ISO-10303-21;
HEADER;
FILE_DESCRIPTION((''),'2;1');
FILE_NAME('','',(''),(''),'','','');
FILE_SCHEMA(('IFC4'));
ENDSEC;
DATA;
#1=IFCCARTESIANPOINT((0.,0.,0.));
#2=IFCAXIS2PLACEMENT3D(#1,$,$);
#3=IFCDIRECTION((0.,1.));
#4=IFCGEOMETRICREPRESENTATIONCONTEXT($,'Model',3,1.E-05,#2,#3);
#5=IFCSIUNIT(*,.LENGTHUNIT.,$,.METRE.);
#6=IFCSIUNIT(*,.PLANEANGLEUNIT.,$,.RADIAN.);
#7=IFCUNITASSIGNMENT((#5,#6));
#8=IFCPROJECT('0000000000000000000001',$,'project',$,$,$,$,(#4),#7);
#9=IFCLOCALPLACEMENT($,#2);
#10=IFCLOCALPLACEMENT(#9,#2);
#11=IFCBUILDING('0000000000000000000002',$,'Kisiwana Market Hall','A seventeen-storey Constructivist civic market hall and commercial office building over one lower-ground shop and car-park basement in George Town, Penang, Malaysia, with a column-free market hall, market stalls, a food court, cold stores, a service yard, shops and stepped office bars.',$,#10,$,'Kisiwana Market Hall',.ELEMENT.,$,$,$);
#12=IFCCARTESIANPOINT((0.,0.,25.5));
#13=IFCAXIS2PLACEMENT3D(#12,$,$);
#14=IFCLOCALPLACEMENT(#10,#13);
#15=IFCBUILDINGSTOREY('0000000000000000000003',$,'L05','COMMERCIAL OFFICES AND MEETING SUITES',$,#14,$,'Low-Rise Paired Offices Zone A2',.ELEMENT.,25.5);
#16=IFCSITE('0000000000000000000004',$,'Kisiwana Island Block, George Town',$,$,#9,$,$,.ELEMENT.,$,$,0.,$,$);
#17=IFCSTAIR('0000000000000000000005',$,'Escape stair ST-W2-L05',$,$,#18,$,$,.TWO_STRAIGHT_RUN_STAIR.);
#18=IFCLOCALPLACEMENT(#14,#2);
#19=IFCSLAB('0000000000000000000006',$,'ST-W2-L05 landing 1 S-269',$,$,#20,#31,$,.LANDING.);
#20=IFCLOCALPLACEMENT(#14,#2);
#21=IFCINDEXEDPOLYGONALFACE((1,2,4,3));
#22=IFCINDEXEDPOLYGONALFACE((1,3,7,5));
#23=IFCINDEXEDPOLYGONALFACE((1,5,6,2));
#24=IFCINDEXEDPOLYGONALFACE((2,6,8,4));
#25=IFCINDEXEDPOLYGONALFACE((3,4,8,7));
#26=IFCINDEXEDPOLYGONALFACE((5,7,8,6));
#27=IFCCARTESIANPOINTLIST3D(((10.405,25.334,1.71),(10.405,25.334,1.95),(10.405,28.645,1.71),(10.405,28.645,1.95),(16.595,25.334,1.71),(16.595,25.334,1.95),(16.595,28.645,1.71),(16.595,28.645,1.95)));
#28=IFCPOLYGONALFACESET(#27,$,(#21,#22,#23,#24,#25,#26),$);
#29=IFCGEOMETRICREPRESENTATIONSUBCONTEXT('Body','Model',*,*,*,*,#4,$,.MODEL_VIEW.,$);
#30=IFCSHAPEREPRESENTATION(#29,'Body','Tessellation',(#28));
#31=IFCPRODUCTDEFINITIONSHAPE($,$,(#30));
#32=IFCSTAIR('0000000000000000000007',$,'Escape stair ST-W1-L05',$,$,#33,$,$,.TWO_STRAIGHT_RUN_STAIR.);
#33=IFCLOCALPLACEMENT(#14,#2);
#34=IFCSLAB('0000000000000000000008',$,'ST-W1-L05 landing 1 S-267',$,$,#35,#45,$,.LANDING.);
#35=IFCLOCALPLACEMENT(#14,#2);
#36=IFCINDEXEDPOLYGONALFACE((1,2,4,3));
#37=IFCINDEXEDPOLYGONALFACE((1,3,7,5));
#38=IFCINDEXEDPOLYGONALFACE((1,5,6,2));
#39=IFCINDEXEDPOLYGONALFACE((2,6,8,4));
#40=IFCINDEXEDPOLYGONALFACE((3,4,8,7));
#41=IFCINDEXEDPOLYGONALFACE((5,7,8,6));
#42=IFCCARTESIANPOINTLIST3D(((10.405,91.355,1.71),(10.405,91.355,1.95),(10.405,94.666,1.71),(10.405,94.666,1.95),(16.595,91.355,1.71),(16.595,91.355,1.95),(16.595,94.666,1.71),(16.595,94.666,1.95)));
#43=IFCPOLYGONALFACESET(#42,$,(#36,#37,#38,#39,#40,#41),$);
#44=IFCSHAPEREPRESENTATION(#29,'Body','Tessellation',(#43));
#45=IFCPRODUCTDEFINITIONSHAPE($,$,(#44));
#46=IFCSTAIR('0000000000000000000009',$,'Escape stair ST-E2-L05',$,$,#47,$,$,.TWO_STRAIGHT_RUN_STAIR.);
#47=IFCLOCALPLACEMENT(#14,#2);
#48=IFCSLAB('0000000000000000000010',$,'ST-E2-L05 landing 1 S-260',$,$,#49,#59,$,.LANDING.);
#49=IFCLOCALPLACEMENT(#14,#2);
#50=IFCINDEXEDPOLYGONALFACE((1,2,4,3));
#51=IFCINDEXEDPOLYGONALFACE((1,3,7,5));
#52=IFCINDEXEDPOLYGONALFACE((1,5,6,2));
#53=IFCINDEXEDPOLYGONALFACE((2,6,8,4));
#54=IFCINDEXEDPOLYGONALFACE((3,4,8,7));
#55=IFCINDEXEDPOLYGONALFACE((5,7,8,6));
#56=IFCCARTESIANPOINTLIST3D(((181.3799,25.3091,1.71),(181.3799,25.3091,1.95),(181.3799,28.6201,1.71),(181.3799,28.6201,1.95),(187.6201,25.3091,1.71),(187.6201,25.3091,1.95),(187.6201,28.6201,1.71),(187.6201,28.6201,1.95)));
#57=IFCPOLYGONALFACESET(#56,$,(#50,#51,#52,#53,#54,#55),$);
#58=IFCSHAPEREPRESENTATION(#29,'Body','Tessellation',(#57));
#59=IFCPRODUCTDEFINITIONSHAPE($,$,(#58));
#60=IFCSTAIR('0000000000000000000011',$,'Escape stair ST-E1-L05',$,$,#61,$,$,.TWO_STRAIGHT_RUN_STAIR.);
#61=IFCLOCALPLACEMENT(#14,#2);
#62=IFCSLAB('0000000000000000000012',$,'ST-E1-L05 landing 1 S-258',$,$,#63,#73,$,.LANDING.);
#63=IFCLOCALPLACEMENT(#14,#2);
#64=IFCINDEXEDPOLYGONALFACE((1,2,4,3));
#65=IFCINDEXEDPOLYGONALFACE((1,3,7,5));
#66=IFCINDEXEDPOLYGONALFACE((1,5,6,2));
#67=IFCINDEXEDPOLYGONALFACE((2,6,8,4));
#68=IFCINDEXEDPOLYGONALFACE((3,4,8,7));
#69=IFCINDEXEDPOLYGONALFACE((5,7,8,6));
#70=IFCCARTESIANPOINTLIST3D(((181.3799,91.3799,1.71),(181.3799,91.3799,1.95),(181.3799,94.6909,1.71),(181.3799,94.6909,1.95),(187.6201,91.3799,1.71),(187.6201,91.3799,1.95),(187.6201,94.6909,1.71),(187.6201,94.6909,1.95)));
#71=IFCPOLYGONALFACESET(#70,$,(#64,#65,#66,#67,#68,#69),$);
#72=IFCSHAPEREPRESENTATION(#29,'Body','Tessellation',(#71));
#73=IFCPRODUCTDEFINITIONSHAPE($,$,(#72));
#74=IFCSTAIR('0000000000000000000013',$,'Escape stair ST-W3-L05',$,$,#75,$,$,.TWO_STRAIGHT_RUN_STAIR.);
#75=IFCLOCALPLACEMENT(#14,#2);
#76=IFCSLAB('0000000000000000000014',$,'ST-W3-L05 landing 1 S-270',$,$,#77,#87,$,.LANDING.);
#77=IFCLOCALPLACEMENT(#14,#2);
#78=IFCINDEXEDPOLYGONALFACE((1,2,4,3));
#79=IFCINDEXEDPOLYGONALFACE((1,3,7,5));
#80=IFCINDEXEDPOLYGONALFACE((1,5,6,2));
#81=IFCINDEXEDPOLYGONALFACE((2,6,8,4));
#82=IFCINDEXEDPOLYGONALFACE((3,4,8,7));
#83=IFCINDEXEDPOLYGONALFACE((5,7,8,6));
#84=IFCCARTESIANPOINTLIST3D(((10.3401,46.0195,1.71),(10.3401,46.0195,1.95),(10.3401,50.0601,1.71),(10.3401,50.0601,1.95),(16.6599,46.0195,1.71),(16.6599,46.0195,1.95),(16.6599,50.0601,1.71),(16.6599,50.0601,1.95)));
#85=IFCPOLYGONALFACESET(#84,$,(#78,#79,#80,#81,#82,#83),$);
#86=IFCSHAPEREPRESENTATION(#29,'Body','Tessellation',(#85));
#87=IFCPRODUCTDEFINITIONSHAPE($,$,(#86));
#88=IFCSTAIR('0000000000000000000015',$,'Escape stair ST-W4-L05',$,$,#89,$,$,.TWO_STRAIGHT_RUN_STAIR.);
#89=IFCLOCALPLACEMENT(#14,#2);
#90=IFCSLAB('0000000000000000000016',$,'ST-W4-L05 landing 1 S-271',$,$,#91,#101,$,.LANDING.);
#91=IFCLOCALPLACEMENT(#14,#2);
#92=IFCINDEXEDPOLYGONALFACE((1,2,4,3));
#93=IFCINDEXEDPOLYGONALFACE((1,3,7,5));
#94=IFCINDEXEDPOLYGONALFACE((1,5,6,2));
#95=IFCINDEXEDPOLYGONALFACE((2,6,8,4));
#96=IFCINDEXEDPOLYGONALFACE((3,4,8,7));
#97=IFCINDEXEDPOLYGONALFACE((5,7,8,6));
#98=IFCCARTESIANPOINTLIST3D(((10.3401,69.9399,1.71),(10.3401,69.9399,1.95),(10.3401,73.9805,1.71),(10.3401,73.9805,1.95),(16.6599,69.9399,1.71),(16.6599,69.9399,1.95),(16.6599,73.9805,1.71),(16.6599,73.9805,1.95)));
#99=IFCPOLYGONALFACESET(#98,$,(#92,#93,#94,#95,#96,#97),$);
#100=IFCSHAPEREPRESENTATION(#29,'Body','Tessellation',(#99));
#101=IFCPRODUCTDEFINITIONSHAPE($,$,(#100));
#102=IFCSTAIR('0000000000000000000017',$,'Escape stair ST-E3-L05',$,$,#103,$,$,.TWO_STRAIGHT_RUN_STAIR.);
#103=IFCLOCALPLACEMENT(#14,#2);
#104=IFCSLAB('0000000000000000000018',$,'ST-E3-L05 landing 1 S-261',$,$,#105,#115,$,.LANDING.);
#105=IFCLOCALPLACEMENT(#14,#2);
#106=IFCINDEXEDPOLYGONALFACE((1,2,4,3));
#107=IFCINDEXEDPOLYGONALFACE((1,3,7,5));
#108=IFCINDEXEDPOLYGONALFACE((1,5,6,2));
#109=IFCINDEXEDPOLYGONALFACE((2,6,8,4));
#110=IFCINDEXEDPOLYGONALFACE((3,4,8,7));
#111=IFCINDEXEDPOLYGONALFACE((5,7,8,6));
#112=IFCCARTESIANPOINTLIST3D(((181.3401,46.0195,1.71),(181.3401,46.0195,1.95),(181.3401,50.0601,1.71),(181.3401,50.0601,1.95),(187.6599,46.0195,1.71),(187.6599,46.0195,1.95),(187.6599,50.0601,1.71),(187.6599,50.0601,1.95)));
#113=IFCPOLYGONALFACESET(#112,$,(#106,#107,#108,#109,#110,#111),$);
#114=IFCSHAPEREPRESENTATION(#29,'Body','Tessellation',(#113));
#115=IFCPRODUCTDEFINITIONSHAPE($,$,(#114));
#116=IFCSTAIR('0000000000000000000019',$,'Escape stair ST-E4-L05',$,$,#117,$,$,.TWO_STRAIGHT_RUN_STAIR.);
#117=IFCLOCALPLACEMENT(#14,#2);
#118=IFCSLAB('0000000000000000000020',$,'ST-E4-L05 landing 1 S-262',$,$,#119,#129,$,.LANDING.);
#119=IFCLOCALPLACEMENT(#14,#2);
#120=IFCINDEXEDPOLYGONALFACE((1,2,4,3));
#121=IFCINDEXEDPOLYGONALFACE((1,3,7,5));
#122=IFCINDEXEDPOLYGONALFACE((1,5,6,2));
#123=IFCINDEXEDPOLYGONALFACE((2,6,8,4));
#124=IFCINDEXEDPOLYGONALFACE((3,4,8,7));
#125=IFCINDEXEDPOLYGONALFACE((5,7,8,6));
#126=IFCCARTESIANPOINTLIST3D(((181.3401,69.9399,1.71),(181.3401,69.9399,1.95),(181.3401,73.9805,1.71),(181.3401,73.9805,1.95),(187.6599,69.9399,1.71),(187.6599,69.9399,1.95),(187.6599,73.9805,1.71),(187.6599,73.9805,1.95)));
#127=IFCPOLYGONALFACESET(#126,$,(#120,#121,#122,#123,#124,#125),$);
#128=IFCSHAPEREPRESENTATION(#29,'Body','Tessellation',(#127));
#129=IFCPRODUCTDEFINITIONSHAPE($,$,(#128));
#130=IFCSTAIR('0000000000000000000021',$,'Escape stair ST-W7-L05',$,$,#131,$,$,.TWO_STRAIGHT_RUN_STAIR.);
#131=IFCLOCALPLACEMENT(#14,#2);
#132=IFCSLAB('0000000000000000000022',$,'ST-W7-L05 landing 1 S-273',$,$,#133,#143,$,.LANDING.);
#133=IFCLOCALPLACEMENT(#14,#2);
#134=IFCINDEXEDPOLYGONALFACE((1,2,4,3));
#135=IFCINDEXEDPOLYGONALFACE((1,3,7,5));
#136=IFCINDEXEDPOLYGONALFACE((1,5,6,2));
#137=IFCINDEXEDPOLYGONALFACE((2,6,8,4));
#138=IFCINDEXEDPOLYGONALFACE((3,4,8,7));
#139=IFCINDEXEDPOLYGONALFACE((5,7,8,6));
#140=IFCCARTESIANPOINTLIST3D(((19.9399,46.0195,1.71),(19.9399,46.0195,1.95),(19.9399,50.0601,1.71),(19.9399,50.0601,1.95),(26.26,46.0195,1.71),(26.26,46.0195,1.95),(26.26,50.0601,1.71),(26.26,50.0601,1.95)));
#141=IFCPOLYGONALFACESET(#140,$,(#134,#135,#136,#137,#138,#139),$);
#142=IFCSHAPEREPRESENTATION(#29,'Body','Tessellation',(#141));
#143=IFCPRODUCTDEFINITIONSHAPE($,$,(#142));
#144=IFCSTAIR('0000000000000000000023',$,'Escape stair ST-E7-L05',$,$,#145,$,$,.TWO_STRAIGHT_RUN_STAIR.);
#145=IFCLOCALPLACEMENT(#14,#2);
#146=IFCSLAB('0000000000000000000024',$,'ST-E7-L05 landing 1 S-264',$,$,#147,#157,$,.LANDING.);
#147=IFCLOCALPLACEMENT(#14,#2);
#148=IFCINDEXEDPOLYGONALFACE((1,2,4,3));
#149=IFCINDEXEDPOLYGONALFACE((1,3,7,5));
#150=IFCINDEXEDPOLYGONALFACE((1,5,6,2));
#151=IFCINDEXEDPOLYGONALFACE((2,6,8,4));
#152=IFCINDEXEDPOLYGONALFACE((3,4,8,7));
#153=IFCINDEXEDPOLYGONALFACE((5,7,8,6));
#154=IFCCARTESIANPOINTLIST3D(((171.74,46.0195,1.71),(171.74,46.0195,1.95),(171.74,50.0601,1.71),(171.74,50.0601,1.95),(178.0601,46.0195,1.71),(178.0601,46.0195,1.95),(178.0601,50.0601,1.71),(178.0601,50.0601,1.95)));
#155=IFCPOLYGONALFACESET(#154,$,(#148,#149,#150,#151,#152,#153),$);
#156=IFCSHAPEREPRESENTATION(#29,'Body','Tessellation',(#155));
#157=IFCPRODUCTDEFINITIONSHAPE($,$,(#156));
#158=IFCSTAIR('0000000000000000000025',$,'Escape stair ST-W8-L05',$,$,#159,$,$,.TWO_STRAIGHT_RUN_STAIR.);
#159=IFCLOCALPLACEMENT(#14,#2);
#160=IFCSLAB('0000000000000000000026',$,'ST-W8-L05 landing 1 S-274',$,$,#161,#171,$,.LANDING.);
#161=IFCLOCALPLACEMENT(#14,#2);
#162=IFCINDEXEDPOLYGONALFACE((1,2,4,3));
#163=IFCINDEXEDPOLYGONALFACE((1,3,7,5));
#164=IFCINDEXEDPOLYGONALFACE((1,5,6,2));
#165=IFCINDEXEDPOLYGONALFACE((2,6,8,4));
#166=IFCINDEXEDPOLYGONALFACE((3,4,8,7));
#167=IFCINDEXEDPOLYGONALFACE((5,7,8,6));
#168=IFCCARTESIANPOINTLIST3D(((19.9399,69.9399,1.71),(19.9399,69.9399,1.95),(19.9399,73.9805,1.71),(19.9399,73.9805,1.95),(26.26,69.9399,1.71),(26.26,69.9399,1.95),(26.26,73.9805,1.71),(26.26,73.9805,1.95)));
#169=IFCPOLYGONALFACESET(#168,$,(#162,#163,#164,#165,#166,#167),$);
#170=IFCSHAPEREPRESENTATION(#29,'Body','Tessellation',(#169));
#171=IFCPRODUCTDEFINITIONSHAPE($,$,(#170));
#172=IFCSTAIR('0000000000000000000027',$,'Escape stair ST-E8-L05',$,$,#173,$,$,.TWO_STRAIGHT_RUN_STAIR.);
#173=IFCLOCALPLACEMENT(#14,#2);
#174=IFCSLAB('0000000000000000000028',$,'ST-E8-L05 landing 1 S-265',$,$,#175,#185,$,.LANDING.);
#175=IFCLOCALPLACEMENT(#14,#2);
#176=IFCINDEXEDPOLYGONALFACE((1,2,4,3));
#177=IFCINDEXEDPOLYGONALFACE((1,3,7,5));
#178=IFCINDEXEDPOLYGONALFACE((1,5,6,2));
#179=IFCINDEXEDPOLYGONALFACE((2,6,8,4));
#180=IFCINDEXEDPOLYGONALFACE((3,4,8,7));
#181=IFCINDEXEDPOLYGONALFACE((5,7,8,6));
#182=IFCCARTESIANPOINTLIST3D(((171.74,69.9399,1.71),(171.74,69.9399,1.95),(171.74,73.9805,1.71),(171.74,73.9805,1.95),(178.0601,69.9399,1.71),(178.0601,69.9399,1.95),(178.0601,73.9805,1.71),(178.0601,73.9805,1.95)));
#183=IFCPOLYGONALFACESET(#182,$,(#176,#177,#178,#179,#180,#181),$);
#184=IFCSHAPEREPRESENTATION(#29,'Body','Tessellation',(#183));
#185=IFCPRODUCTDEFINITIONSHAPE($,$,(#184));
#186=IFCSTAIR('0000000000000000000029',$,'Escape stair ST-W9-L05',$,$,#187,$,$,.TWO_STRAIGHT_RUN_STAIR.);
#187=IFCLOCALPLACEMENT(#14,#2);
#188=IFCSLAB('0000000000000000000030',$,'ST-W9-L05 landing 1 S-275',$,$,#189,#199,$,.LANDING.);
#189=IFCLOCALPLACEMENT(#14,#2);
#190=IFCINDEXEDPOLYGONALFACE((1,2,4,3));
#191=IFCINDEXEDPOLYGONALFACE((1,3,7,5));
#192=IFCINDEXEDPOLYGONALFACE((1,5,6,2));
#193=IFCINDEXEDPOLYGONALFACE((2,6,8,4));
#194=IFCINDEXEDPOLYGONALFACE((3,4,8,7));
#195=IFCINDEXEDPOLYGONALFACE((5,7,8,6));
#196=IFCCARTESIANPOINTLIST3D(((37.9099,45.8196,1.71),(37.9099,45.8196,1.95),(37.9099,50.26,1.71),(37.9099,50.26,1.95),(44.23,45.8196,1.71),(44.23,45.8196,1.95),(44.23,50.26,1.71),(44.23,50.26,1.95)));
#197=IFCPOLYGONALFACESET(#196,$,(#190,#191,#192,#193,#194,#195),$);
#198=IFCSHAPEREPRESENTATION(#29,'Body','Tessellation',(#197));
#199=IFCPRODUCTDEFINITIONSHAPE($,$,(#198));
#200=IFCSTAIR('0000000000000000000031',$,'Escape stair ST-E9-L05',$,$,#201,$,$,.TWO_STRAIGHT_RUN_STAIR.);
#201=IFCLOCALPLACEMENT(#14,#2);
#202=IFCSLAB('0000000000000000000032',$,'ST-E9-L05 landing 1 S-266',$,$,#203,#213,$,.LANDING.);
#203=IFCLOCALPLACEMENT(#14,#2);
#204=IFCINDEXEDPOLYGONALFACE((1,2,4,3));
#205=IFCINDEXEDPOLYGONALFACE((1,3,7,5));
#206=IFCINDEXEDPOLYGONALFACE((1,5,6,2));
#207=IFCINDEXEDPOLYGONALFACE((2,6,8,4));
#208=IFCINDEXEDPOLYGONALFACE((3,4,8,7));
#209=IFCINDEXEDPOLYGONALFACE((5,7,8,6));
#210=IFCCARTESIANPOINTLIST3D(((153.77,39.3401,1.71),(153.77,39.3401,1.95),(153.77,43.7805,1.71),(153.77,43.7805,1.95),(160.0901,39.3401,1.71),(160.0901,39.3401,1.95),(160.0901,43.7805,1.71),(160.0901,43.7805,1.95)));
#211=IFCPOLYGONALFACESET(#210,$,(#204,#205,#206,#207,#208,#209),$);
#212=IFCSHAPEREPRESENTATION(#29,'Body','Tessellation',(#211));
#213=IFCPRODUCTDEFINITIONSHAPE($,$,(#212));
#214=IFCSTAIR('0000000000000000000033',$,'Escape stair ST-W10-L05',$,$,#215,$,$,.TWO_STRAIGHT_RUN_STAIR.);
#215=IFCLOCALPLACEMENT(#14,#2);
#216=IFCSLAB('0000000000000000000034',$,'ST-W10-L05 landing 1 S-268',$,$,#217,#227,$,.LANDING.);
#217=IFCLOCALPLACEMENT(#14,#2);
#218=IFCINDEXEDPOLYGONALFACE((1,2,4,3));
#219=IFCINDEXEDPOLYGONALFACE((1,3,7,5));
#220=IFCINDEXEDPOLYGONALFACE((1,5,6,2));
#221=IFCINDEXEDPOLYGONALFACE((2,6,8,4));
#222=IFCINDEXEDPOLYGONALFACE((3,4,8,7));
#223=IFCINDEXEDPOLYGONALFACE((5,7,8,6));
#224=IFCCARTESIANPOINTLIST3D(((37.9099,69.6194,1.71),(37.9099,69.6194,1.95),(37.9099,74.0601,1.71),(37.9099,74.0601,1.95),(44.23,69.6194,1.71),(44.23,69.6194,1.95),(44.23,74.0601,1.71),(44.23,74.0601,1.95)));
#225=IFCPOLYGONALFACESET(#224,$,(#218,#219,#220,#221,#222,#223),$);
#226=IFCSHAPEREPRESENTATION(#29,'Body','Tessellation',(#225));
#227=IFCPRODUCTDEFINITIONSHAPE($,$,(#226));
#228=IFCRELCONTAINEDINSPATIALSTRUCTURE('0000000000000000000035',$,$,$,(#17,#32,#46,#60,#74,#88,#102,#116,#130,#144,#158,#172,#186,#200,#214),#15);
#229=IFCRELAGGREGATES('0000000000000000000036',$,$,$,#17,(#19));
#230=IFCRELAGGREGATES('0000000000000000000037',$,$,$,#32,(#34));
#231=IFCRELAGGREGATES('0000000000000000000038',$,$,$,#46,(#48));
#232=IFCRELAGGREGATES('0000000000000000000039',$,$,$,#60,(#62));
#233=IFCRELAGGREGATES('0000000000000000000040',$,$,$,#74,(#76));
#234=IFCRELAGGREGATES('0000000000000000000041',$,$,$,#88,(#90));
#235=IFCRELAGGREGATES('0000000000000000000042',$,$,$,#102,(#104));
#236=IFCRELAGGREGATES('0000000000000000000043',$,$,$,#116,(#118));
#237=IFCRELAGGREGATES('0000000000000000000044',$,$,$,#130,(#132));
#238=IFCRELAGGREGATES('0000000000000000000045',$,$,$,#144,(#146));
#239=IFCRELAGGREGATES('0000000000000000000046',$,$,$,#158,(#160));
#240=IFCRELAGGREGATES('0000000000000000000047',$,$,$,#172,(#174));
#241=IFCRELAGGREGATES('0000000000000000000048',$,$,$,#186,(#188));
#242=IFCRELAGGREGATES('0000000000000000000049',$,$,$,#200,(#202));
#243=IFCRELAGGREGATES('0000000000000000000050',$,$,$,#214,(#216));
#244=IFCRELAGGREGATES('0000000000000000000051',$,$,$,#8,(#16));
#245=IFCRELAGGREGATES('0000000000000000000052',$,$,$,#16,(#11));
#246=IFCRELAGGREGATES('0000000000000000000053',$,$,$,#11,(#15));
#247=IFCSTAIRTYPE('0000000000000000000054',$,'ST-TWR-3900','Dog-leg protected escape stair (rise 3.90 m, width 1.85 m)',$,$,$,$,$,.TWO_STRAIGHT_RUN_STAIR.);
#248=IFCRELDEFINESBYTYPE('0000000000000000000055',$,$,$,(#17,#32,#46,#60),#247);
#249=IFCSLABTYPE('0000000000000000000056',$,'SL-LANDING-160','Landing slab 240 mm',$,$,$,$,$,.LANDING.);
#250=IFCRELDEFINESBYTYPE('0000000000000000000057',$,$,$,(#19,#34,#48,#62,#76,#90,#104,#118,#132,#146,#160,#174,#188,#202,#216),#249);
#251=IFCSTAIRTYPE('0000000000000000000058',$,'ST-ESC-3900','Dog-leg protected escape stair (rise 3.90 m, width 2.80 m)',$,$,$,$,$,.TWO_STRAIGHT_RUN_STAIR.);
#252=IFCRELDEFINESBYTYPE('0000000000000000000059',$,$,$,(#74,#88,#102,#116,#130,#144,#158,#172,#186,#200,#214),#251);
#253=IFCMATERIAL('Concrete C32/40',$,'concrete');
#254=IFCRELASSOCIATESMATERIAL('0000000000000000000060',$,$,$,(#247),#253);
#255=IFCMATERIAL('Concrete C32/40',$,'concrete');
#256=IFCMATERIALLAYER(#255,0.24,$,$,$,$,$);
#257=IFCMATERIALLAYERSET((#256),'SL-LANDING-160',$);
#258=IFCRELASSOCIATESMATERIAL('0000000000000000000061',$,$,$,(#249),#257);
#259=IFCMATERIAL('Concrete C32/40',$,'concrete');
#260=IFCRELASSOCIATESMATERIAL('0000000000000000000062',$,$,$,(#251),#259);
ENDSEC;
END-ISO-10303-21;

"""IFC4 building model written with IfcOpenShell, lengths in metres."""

from ifc_helpers import new_model, si_unit, direction, frame, origin, place, context, subcontext, project, spatial, polyline, outline, extrude, material, layer, layer_set, type_object, element, aggregate, save


model = new_model("IFC4")

# Units and contexts
model_context = context("Model", 3, precision=1e-05, world=origin(), true_north=direction((0.0, 1.0)))
body_context = subcontext(model_context, "Body", "Model", "MODEL_VIEW")
ifc_project = project(units=[si_unit("LENGTHUNIT", "METRE"), si_unit("PLANEANGLEUNIT", "RADIAN")], contexts=[model_context])

# Site, building, storey
site_placement = place(None, origin())
site = spatial("IfcSite", under=ifc_project, at=site_placement, Name="Kisiwana Island Block, George Town", CompositionType="ELEMENT", RefElevation=0.0)
building_placement = place(site_placement, origin())
building = spatial("IfcBuilding", under=site, at=building_placement, Name="Kisiwana Market Hall", Description="A seventeen-storey Constructivist civic market hall and commercial office building over one lower-ground shop and car-park basement in George Town, Penang, Malaysia, with a column-free market hall, market stalls, a food court, cold stores, a service yard, shops and stepped office bars.", LongName="Kisiwana Market Hall", CompositionType="ELEMENT")
storey_placement = place(building_placement, frame((0.0, 0.0, 25.5)))
storey = spatial("IfcBuildingStorey", under=building, at=storey_placement, Name="L05", Description="COMMERCIAL OFFICES AND MEETING SUITES", LongName="Low-Rise Paired Offices Zone A2", CompositionType="ELEMENT", Elevation=25.5)

# Stairs, slabs
ifc_material_1 = material(Name="Concrete C32/40", Category="concrete")
stair_type_1 = type_object("IfcStairType", Name="ST-TWR-3900", Description="Dog-leg protected escape stair (rise 3.90 m, width 1.85 m)", PredefinedType="TWO_STRAIGHT_RUN_STAIR", material=ifc_material_1)
stair_1_placement = place(storey_placement, origin())
stair_1 = element("IfcStair", 1, at=stair_1_placement, inside=storey, type_object=stair_type_1, Name="Escape stair ST-W2-L05", PredefinedType="TWO_STRAIGHT_RUN_STAIR")
ifc_material_2 = material(Name="Concrete C32/40", Category="concrete")
ifc_layer_1 = layer(ifc_material_2, 0.24)
ifc_layer_set_1 = layer_set([ifc_layer_1], Name="SL-LANDING-160")
slab_type_1 = type_object("IfcSlabType", Name="SL-LANDING-160", Description="Landing slab 240 mm", PredefinedType="LANDING", material=ifc_layer_set_1)
slab_1_placement = place(storey_placement, frame((0.0, 0.0, 1.71)))
slab_1 = element("IfcSlab", 2, at=slab_1_placement, type_object=slab_type_1, Name="ST-W2-L05 landing 1 S-269", PredefinedType="LANDING", context=body_context, shape_type="SweptSolid", body=[
    extrude(outline(polyline([(10.405, 25.334), (16.595, 25.334), (16.595, 28.645), (10.405, 28.645), (10.405, 25.334)])), origin(), (0.0, 0.0, 1.0), 0.24),
])
aggregate(stair_1, [slab_1])
stair_2_placement = place(storey_placement, origin())
stair_2 = element("IfcStair", 3, at=stair_2_placement, inside=storey, type_object=stair_type_1, Name="Escape stair ST-W1-L05", PredefinedType="TWO_STRAIGHT_RUN_STAIR")
slab_2_placement = place(storey_placement, frame((0.0, 0.0, 1.71)))
slab_2 = element("IfcSlab", 4, at=slab_2_placement, type_object=slab_type_1, Name="ST-W1-L05 landing 1 S-267", PredefinedType="LANDING", context=body_context, shape_type="SweptSolid", body=[
    extrude(outline(polyline([(10.405, 91.355), (16.595, 91.355), (16.595, 94.666), (10.405, 94.666), (10.405, 91.355)])), origin(), (0.0, 0.0, 1.0), 0.24),
])
aggregate(stair_2, [slab_2])
stair_3_placement = place(storey_placement, origin())
stair_3 = element("IfcStair", 5, at=stair_3_placement, inside=storey, type_object=stair_type_1, Name="Escape stair ST-E2-L05", PredefinedType="TWO_STRAIGHT_RUN_STAIR")
slab_3_placement = place(storey_placement, frame((0.0, 0.0, 1.71)))
slab_3 = element("IfcSlab", 6, at=slab_3_placement, type_object=slab_type_1, Name="ST-E2-L05 landing 1 S-260", PredefinedType="LANDING", context=body_context, shape_type="SweptSolid", body=[
    extrude(outline(polyline([(181.3799, 25.3091), (187.6201, 25.3091), (187.6201, 28.6201), (181.3799, 28.6201), (181.3799, 25.3091)])), origin(), (0.0, 0.0, 1.0), 0.24),
])
aggregate(stair_3, [slab_3])
stair_4_placement = place(storey_placement, origin())
stair_4 = element("IfcStair", 7, at=stair_4_placement, inside=storey, type_object=stair_type_1, Name="Escape stair ST-E1-L05", PredefinedType="TWO_STRAIGHT_RUN_STAIR")
slab_4_placement = place(storey_placement, frame((0.0, 0.0, 1.71)))
slab_4 = element("IfcSlab", 8, at=slab_4_placement, type_object=slab_type_1, Name="ST-E1-L05 landing 1 S-258", PredefinedType="LANDING", context=body_context, shape_type="SweptSolid", body=[
    extrude(outline(polyline([(181.3799, 91.3799), (187.6201, 91.3799), (187.6201, 94.6909), (181.3799, 94.6909), (181.3799, 91.3799)])), origin(), (0.0, 0.0, 1.0), 0.24),
])
aggregate(stair_4, [slab_4])
ifc_material_3 = material(Name="Concrete C32/40", Category="concrete")
stair_type_2 = type_object("IfcStairType", Name="ST-ESC-3900", Description="Dog-leg protected escape stair (rise 3.90 m, width 2.80 m)", PredefinedType="TWO_STRAIGHT_RUN_STAIR", material=ifc_material_3)
stair_5_placement = place(storey_placement, origin())
stair_5 = element("IfcStair", 9, at=stair_5_placement, inside=storey, type_object=stair_type_2, Name="Escape stair ST-W3-L05", PredefinedType="TWO_STRAIGHT_RUN_STAIR")
slab_5_placement = place(storey_placement, frame((0.0, 0.0, 1.71)))
slab_5 = element("IfcSlab", 10, at=slab_5_placement, type_object=slab_type_1, Name="ST-W3-L05 landing 1 S-270", PredefinedType="LANDING", context=body_context, shape_type="SweptSolid", body=[
    extrude(outline(polyline([(10.3401, 46.0195), (16.6599, 46.0195), (16.6599, 50.0601), (10.3401, 50.0601), (10.3401, 46.0195)])), origin(), (0.0, 0.0, 1.0), 0.24),
])
aggregate(stair_5, [slab_5])
stair_6_placement = place(storey_placement, origin())
stair_6 = element("IfcStair", 11, at=stair_6_placement, inside=storey, type_object=stair_type_2, Name="Escape stair ST-W4-L05", PredefinedType="TWO_STRAIGHT_RUN_STAIR")
slab_6_placement = place(storey_placement, frame((0.0, 0.0, 1.71)))
slab_6 = element("IfcSlab", 12, at=slab_6_placement, type_object=slab_type_1, Name="ST-W4-L05 landing 1 S-271", PredefinedType="LANDING", context=body_context, shape_type="SweptSolid", body=[
    extrude(outline(polyline([(10.3401, 69.9399), (16.6599, 69.9399), (16.6599, 73.9805), (10.3401, 73.9805), (10.3401, 69.9399)])), origin(), (0.0, 0.0, 1.0), 0.24),
])
aggregate(stair_6, [slab_6])
stair_7_placement = place(storey_placement, origin())
stair_7 = element("IfcStair", 13, at=stair_7_placement, inside=storey, type_object=stair_type_2, Name="Escape stair ST-E3-L05", PredefinedType="TWO_STRAIGHT_RUN_STAIR")
slab_7_placement = place(storey_placement, frame((0.0, 0.0, 1.71)))
slab_7 = element("IfcSlab", 14, at=slab_7_placement, type_object=slab_type_1, Name="ST-E3-L05 landing 1 S-261", PredefinedType="LANDING", context=body_context, shape_type="SweptSolid", body=[
    extrude(outline(polyline([(181.3401, 46.0195), (187.6599, 46.0195), (187.6599, 50.0601), (181.3401, 50.0601), (181.3401, 46.0195)])), origin(), (0.0, 0.0, 1.0), 0.24),
])
aggregate(stair_7, [slab_7])
stair_8_placement = place(storey_placement, origin())
stair_8 = element("IfcStair", 15, at=stair_8_placement, inside=storey, type_object=stair_type_2, Name="Escape stair ST-E4-L05", PredefinedType="TWO_STRAIGHT_RUN_STAIR")
slab_8_placement = place(storey_placement, frame((0.0, 0.0, 1.71)))
slab_8 = element("IfcSlab", 16, at=slab_8_placement, type_object=slab_type_1, Name="ST-E4-L05 landing 1 S-262", PredefinedType="LANDING", context=body_context, shape_type="SweptSolid", body=[
    extrude(outline(polyline([(181.3401, 69.9399), (187.6599, 69.9399), (187.6599, 73.9805), (181.3401, 73.9805), (181.3401, 69.9399)])), origin(), (0.0, 0.0, 1.0), 0.24),
])
aggregate(stair_8, [slab_8])
stair_9_placement = place(storey_placement, origin())
stair_9 = element("IfcStair", 17, at=stair_9_placement, inside=storey, type_object=stair_type_2, Name="Escape stair ST-W7-L05", PredefinedType="TWO_STRAIGHT_RUN_STAIR")
slab_9_placement = place(storey_placement, frame((0.0, 0.0, 1.71)))
slab_9 = element("IfcSlab", 18, at=slab_9_placement, type_object=slab_type_1, Name="ST-W7-L05 landing 1 S-273", PredefinedType="LANDING", context=body_context, shape_type="SweptSolid", body=[
    extrude(outline(polyline([(19.9399, 46.0195), (26.26, 46.0195), (26.26, 50.0601), (19.9399, 50.0601), (19.9399, 46.0195)])), origin(), (0.0, 0.0, 1.0), 0.24),
])
aggregate(stair_9, [slab_9])
stair_10_placement = place(storey_placement, origin())
stair_10 = element("IfcStair", 19, at=stair_10_placement, inside=storey, type_object=stair_type_2, Name="Escape stair ST-E7-L05", PredefinedType="TWO_STRAIGHT_RUN_STAIR")
slab_10_placement = place(storey_placement, frame((0.0, 0.0, 1.71)))
slab_10 = element("IfcSlab", 20, at=slab_10_placement, type_object=slab_type_1, Name="ST-E7-L05 landing 1 S-264", PredefinedType="LANDING", context=body_context, shape_type="SweptSolid", body=[
    extrude(outline(polyline([(171.74, 46.0195), (178.0601, 46.0195), (178.0601, 50.0601), (171.74, 50.0601), (171.74, 46.0195)])), origin(), (0.0, 0.0, 1.0), 0.24),
])
aggregate(stair_10, [slab_10])
stair_11_placement = place(storey_placement, origin())
stair_11 = element("IfcStair", 21, at=stair_11_placement, inside=storey, type_object=stair_type_2, Name="Escape stair ST-W8-L05", PredefinedType="TWO_STRAIGHT_RUN_STAIR")
slab_11_placement = place(storey_placement, frame((0.0, 0.0, 1.71)))
slab_11 = element("IfcSlab", 22, at=slab_11_placement, type_object=slab_type_1, Name="ST-W8-L05 landing 1 S-274", PredefinedType="LANDING", context=body_context, shape_type="SweptSolid", body=[
    extrude(outline(polyline([(19.9399, 69.9399), (26.26, 69.9399), (26.26, 73.9805), (19.9399, 73.9805), (19.9399, 69.9399)])), origin(), (0.0, 0.0, 1.0), 0.24),
])
aggregate(stair_11, [slab_11])
stair_12_placement = place(storey_placement, origin())
stair_12 = element("IfcStair", 23, at=stair_12_placement, inside=storey, type_object=stair_type_2, Name="Escape stair ST-E8-L05", PredefinedType="TWO_STRAIGHT_RUN_STAIR")
slab_12_placement = place(storey_placement, frame((0.0, 0.0, 1.71)))
slab_12 = element("IfcSlab", 24, at=slab_12_placement, type_object=slab_type_1, Name="ST-E8-L05 landing 1 S-265", PredefinedType="LANDING", context=body_context, shape_type="SweptSolid", body=[
    extrude(outline(polyline([(171.74, 69.9399), (178.0601, 69.9399), (178.0601, 73.9805), (171.74, 73.9805), (171.74, 69.9399)])), origin(), (0.0, 0.0, 1.0), 0.24),
])
aggregate(stair_12, [slab_12])
stair_13_placement = place(storey_placement, origin())
stair_13 = element("IfcStair", 25, at=stair_13_placement, inside=storey, type_object=stair_type_2, Name="Escape stair ST-W9-L05", PredefinedType="TWO_STRAIGHT_RUN_STAIR")
slab_13_placement = place(storey_placement, frame((0.0, 0.0, 1.71)))
slab_13 = element("IfcSlab", 26, at=slab_13_placement, type_object=slab_type_1, Name="ST-W9-L05 landing 1 S-275", PredefinedType="LANDING", context=body_context, shape_type="SweptSolid", body=[
    extrude(outline(polyline([(37.9099, 45.8196), (44.23, 45.8196), (44.23, 50.26), (37.9099, 50.26), (37.9099, 45.8196)])), origin(), (0.0, 0.0, 1.0), 0.24),
])
aggregate(stair_13, [slab_13])
stair_14_placement = place(storey_placement, origin())
stair_14 = element("IfcStair", 27, at=stair_14_placement, inside=storey, type_object=stair_type_2, Name="Escape stair ST-E9-L05", PredefinedType="TWO_STRAIGHT_RUN_STAIR")
slab_14_placement = place(storey_placement, frame((0.0, 0.0, 1.71)))
slab_14 = element("IfcSlab", 28, at=slab_14_placement, type_object=slab_type_1, Name="ST-E9-L05 landing 1 S-266", PredefinedType="LANDING", context=body_context, shape_type="SweptSolid", body=[
    extrude(outline(polyline([(153.77, 39.3401), (160.0901, 39.3401), (160.0901, 43.7805), (153.77, 43.7805), (153.77, 39.3401)])), origin(), (0.0, 0.0, 1.0), 0.24),
])
aggregate(stair_14, [slab_14])
stair_15_placement = place(storey_placement, origin())
stair_15 = element("IfcStair", 29, at=stair_15_placement, inside=storey, type_object=stair_type_2, Name="Escape stair ST-W10-L05", PredefinedType="TWO_STRAIGHT_RUN_STAIR")
slab_15_placement = place(storey_placement, frame((0.0, 0.0, 1.71)))
slab_15 = element("IfcSlab", 30, at=slab_15_placement, type_object=slab_type_1, Name="ST-W10-L05 landing 1 S-268", PredefinedType="LANDING", context=body_context, shape_type="SweptSolid", body=[
    extrude(outline(polyline([(37.9099, 69.6194), (44.23, 69.6194), (44.23, 74.0601), (37.9099, 74.0601), (37.9099, 69.6194)])), origin(), (0.0, 0.0, 1.0), 0.24),
])
aggregate(stair_15, [slab_15])

save(model, "model.ifc")
